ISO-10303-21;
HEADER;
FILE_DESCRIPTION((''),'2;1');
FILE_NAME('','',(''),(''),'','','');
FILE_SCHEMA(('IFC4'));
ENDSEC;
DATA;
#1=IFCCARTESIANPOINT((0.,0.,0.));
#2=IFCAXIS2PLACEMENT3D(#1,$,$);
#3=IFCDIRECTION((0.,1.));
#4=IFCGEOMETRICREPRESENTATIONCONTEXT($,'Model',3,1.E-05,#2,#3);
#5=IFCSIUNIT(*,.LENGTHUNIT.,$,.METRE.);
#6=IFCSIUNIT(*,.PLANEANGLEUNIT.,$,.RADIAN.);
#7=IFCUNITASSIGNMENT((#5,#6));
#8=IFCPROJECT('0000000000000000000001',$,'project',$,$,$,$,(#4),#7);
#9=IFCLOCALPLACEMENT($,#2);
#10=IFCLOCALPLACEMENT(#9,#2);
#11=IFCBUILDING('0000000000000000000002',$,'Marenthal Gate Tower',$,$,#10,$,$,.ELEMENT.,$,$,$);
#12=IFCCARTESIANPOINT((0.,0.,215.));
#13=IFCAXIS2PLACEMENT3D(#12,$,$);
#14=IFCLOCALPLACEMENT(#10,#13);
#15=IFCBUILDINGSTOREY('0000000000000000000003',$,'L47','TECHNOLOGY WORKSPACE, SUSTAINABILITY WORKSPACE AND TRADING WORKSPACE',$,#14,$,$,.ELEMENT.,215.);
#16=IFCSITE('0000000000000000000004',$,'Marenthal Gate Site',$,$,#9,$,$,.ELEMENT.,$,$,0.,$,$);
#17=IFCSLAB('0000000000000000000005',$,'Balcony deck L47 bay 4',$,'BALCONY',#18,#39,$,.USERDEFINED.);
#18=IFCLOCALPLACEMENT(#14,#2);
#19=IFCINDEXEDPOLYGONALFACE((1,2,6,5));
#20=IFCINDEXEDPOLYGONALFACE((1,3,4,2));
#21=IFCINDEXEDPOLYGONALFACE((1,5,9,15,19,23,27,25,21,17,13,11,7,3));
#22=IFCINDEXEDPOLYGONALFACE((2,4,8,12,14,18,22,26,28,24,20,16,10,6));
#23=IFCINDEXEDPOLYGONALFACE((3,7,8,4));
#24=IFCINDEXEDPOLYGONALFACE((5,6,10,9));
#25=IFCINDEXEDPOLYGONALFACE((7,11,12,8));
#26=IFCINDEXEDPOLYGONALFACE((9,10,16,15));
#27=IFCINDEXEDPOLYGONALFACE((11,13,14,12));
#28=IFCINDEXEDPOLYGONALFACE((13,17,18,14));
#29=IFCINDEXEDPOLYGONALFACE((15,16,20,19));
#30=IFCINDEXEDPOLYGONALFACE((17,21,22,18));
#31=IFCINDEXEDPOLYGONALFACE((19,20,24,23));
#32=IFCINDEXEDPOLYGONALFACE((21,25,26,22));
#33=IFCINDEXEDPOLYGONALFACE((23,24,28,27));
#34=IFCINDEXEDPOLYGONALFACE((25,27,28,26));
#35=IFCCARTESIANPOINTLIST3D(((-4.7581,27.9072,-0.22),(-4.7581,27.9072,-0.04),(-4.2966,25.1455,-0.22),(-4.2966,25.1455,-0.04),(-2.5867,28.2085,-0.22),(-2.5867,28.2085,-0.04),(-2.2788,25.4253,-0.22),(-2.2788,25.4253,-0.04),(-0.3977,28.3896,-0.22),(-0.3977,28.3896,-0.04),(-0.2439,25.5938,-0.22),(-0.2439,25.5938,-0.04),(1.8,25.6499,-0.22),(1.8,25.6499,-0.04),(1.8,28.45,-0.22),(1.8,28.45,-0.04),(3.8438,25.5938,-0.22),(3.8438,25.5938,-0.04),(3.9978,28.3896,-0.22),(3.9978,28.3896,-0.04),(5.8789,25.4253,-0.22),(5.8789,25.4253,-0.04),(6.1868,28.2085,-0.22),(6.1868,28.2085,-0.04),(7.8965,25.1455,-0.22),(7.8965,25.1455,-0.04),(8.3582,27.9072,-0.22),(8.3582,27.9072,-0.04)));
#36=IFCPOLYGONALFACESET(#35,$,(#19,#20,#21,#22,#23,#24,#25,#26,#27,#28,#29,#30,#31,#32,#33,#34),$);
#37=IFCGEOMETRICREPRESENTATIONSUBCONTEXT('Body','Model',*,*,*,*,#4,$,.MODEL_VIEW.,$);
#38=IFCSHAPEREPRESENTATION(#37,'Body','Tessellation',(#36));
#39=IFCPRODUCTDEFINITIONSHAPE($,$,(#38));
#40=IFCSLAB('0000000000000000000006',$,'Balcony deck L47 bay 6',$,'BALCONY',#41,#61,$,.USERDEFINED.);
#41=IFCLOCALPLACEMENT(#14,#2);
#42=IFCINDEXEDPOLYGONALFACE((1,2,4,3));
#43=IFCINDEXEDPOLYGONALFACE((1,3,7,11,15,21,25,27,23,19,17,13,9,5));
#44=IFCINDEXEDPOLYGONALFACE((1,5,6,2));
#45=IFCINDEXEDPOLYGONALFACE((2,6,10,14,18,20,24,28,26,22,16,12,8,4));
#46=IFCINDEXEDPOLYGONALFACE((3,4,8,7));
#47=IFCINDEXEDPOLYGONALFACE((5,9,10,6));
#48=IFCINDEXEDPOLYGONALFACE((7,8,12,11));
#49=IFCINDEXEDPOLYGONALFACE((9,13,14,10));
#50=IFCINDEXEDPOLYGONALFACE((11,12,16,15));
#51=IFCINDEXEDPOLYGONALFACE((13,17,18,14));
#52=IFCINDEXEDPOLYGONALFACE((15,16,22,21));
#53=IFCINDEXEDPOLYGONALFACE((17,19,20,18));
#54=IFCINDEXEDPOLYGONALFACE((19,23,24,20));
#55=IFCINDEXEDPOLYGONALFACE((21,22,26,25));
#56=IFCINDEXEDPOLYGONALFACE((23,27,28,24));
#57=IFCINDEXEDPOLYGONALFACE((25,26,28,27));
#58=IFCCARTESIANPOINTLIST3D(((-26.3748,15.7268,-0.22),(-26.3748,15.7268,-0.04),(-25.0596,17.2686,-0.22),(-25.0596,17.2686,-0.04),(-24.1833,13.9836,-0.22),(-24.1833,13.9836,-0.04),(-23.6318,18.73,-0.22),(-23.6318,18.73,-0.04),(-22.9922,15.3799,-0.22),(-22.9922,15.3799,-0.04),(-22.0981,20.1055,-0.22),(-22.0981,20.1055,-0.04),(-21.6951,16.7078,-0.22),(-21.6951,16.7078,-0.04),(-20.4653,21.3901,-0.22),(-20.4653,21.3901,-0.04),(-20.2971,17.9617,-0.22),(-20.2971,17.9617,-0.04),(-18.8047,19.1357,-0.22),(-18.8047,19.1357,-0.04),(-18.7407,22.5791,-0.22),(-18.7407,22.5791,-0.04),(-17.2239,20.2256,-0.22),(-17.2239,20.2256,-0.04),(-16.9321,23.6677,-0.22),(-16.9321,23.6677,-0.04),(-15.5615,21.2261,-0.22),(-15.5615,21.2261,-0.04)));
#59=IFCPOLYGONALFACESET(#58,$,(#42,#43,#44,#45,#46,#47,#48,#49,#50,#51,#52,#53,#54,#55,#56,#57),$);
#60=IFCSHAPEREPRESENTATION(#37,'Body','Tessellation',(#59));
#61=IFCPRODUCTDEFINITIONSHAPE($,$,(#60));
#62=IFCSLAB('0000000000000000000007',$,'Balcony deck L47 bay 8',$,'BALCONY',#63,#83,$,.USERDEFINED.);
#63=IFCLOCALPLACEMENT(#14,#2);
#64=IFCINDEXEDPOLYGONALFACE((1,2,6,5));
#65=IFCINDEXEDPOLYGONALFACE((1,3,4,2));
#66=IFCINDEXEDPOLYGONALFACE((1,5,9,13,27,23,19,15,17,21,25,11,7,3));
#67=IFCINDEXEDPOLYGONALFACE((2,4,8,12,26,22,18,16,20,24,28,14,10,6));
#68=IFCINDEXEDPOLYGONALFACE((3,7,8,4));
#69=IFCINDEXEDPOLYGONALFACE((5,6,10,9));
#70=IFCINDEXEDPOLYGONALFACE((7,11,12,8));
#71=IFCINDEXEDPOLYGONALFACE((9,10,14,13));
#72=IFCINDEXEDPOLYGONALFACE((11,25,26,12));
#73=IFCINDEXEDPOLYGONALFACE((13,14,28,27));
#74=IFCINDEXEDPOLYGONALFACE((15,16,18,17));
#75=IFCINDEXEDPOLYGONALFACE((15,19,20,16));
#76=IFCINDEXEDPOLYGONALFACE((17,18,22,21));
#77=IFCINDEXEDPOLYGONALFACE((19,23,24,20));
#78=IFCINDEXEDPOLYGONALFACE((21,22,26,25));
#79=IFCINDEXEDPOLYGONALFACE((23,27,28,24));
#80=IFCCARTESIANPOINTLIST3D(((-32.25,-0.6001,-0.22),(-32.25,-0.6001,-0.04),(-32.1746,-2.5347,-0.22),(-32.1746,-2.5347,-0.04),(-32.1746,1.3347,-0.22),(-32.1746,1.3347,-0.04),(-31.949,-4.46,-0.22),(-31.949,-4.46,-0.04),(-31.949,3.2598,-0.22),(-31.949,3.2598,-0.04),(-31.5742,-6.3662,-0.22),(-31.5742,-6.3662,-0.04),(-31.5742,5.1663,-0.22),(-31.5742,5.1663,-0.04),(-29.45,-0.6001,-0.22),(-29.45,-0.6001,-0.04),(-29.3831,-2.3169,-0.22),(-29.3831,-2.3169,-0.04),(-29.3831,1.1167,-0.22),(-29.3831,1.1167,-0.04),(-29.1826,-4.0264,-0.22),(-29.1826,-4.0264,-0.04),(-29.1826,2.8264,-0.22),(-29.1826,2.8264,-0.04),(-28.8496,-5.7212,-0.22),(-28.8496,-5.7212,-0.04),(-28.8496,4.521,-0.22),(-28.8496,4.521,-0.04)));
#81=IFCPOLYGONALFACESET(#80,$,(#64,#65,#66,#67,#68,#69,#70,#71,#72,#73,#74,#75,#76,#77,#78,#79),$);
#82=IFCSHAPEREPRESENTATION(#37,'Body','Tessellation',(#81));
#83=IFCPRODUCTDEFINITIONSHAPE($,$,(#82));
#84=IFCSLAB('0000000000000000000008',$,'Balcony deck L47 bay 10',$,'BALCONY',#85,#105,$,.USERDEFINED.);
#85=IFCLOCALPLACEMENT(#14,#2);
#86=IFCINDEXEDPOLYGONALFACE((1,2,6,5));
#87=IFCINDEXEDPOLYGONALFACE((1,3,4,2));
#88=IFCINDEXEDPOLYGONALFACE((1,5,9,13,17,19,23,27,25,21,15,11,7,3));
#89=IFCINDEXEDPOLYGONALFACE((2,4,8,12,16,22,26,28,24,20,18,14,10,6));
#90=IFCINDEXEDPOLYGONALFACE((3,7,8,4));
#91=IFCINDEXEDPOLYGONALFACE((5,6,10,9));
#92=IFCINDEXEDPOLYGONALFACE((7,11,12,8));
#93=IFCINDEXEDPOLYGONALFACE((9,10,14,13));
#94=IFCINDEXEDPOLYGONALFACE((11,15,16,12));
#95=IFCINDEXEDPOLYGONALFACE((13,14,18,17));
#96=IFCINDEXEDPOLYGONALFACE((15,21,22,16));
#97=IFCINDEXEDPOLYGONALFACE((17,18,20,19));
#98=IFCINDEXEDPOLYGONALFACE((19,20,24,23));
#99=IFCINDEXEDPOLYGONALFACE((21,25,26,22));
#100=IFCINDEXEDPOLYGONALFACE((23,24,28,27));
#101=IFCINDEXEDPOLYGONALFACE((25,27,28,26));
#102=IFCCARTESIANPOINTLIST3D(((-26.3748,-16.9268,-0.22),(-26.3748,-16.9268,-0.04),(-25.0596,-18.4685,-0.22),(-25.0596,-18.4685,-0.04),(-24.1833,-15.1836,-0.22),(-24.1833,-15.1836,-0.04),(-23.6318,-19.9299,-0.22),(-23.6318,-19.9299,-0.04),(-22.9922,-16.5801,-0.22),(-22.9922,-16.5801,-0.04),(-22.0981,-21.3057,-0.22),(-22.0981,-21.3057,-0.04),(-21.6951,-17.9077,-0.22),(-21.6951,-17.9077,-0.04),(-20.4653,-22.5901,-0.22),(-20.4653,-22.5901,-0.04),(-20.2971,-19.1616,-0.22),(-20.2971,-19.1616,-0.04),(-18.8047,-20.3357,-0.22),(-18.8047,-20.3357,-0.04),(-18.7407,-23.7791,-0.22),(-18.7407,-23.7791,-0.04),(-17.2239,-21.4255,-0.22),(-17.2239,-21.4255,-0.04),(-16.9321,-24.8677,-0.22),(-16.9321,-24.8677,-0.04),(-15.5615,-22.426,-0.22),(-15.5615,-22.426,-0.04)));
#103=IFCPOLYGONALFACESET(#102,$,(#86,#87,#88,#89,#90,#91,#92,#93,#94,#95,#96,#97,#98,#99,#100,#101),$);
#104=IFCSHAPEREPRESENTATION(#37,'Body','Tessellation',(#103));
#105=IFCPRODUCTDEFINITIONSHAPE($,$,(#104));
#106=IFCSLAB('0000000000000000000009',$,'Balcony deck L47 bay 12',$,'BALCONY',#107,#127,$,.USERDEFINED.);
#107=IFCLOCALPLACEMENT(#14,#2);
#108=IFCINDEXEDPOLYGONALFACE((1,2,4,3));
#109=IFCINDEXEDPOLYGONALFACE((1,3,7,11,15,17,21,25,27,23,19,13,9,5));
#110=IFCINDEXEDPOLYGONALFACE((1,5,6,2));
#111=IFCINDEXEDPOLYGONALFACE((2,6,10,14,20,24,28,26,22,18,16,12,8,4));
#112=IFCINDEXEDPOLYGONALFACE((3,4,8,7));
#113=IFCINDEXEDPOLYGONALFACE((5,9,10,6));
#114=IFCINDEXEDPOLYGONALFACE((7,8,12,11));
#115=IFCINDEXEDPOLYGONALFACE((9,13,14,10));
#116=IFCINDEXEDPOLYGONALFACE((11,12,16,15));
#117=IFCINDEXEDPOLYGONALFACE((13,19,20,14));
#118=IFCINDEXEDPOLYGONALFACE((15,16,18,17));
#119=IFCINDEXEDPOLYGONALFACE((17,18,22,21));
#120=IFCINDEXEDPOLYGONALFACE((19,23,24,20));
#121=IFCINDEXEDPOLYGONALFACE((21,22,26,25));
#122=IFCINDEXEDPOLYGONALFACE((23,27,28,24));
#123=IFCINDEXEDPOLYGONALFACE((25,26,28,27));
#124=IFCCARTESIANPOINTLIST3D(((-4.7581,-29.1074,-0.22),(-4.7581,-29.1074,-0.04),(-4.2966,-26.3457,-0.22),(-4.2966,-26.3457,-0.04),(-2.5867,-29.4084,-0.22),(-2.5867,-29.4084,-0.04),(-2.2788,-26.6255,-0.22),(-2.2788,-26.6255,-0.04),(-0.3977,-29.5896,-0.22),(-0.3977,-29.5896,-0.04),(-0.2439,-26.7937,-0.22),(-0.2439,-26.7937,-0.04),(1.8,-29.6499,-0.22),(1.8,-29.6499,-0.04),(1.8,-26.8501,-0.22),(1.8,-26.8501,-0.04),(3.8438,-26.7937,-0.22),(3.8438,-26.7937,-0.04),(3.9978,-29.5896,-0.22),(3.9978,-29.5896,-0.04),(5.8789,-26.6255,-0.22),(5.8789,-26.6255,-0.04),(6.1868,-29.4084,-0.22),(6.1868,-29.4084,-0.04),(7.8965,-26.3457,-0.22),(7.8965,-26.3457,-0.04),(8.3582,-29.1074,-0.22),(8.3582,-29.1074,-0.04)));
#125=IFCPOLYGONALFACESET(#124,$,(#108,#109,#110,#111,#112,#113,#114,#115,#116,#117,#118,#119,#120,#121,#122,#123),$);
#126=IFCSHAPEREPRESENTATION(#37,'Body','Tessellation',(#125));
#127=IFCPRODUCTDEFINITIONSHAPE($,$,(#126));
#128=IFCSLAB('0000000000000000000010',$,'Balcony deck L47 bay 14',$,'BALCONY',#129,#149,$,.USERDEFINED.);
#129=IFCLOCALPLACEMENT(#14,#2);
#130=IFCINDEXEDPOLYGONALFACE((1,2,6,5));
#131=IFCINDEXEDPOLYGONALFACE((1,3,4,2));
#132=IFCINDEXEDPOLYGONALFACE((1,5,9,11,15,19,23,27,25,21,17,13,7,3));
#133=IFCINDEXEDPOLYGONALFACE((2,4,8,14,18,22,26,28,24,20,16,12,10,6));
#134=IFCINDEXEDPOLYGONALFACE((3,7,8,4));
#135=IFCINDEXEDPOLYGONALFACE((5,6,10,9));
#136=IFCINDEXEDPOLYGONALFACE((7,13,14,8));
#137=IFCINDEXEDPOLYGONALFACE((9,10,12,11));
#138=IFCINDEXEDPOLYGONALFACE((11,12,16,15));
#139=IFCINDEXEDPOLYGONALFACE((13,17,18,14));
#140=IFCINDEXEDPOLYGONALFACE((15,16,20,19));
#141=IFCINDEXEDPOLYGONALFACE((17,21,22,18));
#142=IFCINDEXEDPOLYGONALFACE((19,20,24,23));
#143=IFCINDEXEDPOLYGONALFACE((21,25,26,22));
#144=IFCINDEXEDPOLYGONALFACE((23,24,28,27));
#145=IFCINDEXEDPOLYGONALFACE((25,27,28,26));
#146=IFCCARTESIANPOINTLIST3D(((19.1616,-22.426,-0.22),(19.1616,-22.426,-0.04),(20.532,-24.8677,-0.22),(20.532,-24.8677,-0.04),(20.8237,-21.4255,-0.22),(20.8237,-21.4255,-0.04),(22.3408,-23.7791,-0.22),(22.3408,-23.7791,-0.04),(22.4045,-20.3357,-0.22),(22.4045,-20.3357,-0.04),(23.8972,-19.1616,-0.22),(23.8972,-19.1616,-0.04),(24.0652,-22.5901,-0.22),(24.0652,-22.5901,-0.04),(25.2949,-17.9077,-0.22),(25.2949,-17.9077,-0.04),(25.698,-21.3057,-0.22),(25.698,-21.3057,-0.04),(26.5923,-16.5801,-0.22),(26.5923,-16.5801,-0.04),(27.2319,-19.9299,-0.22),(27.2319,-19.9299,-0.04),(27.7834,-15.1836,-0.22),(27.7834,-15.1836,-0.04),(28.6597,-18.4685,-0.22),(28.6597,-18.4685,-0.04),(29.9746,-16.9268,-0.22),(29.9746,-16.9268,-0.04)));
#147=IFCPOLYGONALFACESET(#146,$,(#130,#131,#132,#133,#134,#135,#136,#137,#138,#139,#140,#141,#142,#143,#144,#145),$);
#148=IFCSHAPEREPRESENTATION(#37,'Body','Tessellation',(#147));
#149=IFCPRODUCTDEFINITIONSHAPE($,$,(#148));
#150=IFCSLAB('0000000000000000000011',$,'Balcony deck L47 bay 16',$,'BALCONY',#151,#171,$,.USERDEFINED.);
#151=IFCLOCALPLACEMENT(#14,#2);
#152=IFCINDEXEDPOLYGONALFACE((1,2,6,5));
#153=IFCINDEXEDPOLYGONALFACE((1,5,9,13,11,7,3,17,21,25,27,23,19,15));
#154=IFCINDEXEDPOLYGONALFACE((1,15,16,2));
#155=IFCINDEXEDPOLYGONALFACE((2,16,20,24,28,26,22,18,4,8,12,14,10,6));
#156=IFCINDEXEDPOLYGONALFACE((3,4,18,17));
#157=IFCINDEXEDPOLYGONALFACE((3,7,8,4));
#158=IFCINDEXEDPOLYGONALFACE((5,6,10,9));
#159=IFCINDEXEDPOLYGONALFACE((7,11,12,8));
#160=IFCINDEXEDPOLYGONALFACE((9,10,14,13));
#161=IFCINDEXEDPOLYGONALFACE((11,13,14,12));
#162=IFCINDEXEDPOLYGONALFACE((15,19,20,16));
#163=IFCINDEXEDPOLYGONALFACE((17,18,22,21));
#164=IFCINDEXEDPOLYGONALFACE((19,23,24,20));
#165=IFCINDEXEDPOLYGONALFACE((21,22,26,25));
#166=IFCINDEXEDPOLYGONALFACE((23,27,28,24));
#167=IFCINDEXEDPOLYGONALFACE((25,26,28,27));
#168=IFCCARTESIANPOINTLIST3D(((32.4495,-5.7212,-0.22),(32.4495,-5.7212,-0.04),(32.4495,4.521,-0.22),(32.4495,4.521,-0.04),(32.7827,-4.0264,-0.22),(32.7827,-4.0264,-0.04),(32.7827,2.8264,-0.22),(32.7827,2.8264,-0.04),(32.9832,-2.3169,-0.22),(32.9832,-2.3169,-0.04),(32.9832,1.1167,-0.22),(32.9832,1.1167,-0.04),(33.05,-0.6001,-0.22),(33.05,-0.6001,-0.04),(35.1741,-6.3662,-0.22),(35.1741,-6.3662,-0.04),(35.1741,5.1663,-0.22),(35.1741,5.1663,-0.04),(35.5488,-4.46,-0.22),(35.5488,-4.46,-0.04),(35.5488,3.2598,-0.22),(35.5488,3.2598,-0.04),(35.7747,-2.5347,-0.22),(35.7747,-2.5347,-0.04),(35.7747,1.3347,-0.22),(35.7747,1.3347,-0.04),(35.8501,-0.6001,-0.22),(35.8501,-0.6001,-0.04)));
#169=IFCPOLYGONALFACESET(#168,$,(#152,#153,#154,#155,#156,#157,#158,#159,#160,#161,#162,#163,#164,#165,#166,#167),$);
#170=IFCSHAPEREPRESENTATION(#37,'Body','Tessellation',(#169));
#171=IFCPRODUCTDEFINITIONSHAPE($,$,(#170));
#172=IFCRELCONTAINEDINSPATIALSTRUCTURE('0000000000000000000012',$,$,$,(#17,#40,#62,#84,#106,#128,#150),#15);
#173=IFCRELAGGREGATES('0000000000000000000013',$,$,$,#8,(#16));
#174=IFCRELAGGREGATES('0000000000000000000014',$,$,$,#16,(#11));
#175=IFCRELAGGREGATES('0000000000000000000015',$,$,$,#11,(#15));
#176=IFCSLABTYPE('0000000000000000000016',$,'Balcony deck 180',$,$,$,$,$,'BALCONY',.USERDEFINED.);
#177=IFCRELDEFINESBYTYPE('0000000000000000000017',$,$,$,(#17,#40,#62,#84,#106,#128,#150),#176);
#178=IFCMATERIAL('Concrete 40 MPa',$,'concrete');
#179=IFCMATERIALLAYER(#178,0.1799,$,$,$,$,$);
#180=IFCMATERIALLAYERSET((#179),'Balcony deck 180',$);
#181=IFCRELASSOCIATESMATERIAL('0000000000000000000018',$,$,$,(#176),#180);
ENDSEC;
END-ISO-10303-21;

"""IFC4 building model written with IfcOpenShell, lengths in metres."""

from ifc_helpers import new_model, si_unit, direction, frame, origin, place, context, subcontext, project, spatial, polyline, outline, extrude, material, layer, layer_set, type_object, element, save


model = new_model("IFC4")

# Units and contexts
model_context = context("Model", 3, precision=1e-05, world=origin(), true_north=direction((0.0, 1.0)))
body_context = subcontext(model_context, "Body", "Model", "MODEL_VIEW")
ifc_project = project(units=[si_unit("LENGTHUNIT", "METRE"), si_unit("PLANEANGLEUNIT", "RADIAN")], contexts=[model_context])

# Site, building, storey
site_placement = place(None, origin())
site = spatial("IfcSite", under=ifc_project, at=site_placement, Name="Marenthal Gate Site", CompositionType="ELEMENT", RefElevation=0.0)
building_placement = place(site_placement, origin())
building = spatial("IfcBuilding", under=site, at=building_placement, Name="Marenthal Gate Tower", CompositionType="ELEMENT")
storey_placement = place(building_placement, frame((0.0, 0.0, 215.0)))
storey = spatial("IfcBuildingStorey", under=building, at=storey_placement, Name="L47", Description="TECHNOLOGY WORKSPACE, SUSTAINABILITY WORKSPACE AND TRADING WORKSPACE", CompositionType="ELEMENT", Elevation=215.0)

# Slabs
ifc_material_1 = material(Name="Concrete 40 MPa", Category="concrete")
ifc_layer_1 = layer(ifc_material_1, 0.1799)
ifc_layer_set_1 = layer_set([ifc_layer_1], Name="Balcony deck 180")
slab_type = type_object("IfcSlabType", Name="Balcony deck 180", ElementType="BALCONY", PredefinedType="USERDEFINED", material=ifc_layer_set_1)
slab_1_placement = place(storey_placement, frame((0.0, 0.0, -0.22)))
element("IfcSlab", 1, at=slab_1_placement, inside=storey, type_object=slab_type, Name="Balcony deck L47 bay 4", ObjectType="BALCONY", PredefinedType="USERDEFINED", context=body_context, shape_type="SweptSolid", body=[
    extrude(outline(polyline([(7.8965, 25.1455), (5.8789, 25.4253), (3.8438, 25.5938), (1.8, 25.6499), (-0.2439, 25.5938), (-2.2788, 25.4253), (-4.2966, 25.1455), (-4.7581, 27.9072), (-2.5867, 28.2085), (-0.3977, 28.3896), (1.8, 28.45), (3.9978, 28.3896), (6.1868, 28.2085), (8.3582, 27.9072), (7.8965, 25.1455)])), origin(), (0.0, 0.0, 1.0), 0.1799),
])
slab_2_placement = place(storey_placement, frame((0.0, 0.0, -0.22)))
element("IfcSlab", 2, at=slab_2_placement, inside=storey, type_object=slab_type, Name="Balcony deck L47 bay 6", ObjectType="BALCONY", PredefinedType="USERDEFINED", context=body_context, shape_type="SweptSolid", body=[
    extrude(outline(polyline([(-15.5615, 21.2261), (-17.2239, 20.2256), (-18.8047, 19.1357), (-20.2971, 17.9617), (-21.6951, 16.7078), (-22.9922, 15.3799), (-24.1833, 13.9836), (-26.3748, 15.7268), (-25.0596, 17.2686), (-23.6318, 18.73), (-22.0981, 20.1055), (-20.4653, 21.3901), (-18.7407, 22.5791), (-16.9321, 23.6677), (-15.5615, 21.2261)])), origin(), (0.0, 0.0, 1.0), 0.1799),
])
slab_3_placement = place(storey_placement, frame((0.0, 0.0, -0.22)))
element("IfcSlab", 3, at=slab_3_placement, inside=storey, type_object=slab_type, Name="Balcony deck L47 bay 8", ObjectType="BALCONY", PredefinedType="USERDEFINED", context=body_context, shape_type="SweptSolid", body=[
    extrude(outline(polyline([(-28.8496, 4.521), (-29.1826, 2.8264), (-29.3831, 1.1167), (-29.45, -0.6001), (-29.3831, -2.3169), (-29.1826, -4.0264), (-28.8496, -5.7212), (-31.5742, -6.3662), (-31.949, -4.46), (-32.1746, -2.5347), (-32.25, -0.6001), (-32.1746, 1.3347), (-31.949, 3.2598), (-31.5742, 5.1663), (-28.8496, 4.521)])), origin(), (0.0, 0.0, 1.0), 0.1799),
])
slab_4_placement = place(storey_placement, frame((0.0, 0.0, -0.22)))
element("IfcSlab", 4, at=slab_4_placement, inside=storey, type_object=slab_type, Name="Balcony deck L47 bay 10", ObjectType="BALCONY", PredefinedType="USERDEFINED", context=body_context, shape_type="SweptSolid", body=[
    extrude(outline(polyline([(-24.1833, -15.1836), (-22.9922, -16.5801), (-21.6951, -17.9077), (-20.2971, -19.1616), (-18.8047, -20.3357), (-17.2239, -21.4255), (-15.5615, -22.426), (-16.9321, -24.8677), (-18.7407, -23.7791), (-20.4653, -22.5901), (-22.0981, -21.3057), (-23.6318, -19.9299), (-25.0596, -18.4685), (-26.3748, -16.9268), (-24.1833, -15.1836)])), origin(), (0.0, 0.0, 1.0), 0.1799),
])
slab_5_placement = place(storey_placement, frame((0.0, 0.0, -0.22)))
element("IfcSlab", 5, at=slab_5_placement, inside=storey, type_object=slab_type, Name="Balcony deck L47 bay 12", ObjectType="BALCONY", PredefinedType="USERDEFINED", context=body_context, shape_type="SweptSolid", body=[
    extrude(outline(polyline([(-4.2966, -26.3457), (-2.2788, -26.6255), (-0.2439, -26.7937), (1.8, -26.8501), (3.8438, -26.7937), (5.8789, -26.6255), (7.8965, -26.3457), (8.3582, -29.1074), (6.1868, -29.4084), (3.9978, -29.5896), (1.8, -29.6499), (-0.3977, -29.5896), (-2.5867, -29.4084), (-4.7581, -29.1074), (-4.2966, -26.3457)])), origin(), (0.0, 0.0, 1.0), 0.1799),
])
slab_6_placement = place(storey_placement, frame((0.0, 0.0, -0.22)))
element("IfcSlab", 6, at=slab_6_placement, inside=storey, type_object=slab_type, Name="Balcony deck L47 bay 14", ObjectType="BALCONY", PredefinedType="USERDEFINED", context=body_context, shape_type="SweptSolid", body=[
    extrude(outline(polyline([(19.1616, -22.426), (20.8237, -21.4255), (22.4045, -20.3357), (23.8972, -19.1616), (25.2949, -17.9077), (26.5923, -16.5801), (27.7834, -15.1836), (29.9746, -16.9268), (28.6597, -18.4685), (27.2319, -19.9299), (25.698, -21.3057), (24.0652, -22.5901), (22.3408, -23.7791), (20.532, -24.8677), (19.1616, -22.426)])), origin(), (0.0, 0.0, 1.0), 0.1799),
])
slab_7_placement = place(storey_placement, frame((0.0, 0.0, -0.22)))
element("IfcSlab", 7, at=slab_7_placement, inside=storey, type_object=slab_type, Name="Balcony deck L47 bay 16", ObjectType="BALCONY", PredefinedType="USERDEFINED", context=body_context, shape_type="SweptSolid", body=[
    extrude(outline(polyline([(32.4495, -5.7212), (32.7827, -4.0264), (32.9832, -2.3169), (33.05, -0.6001), (32.9832, 1.1167), (32.7827, 2.8264), (32.4495, 4.521), (35.1741, 5.1663), (35.5488, 3.2598), (35.7747, 1.3347), (35.8501, -0.6001), (35.7747, -2.5347), (35.5488, -4.46), (35.1741, -6.3662), (32.4495, -5.7212)])), origin(), (0.0, 0.0, 1.0), 0.1799),
])

save(model, "model.ifc")
